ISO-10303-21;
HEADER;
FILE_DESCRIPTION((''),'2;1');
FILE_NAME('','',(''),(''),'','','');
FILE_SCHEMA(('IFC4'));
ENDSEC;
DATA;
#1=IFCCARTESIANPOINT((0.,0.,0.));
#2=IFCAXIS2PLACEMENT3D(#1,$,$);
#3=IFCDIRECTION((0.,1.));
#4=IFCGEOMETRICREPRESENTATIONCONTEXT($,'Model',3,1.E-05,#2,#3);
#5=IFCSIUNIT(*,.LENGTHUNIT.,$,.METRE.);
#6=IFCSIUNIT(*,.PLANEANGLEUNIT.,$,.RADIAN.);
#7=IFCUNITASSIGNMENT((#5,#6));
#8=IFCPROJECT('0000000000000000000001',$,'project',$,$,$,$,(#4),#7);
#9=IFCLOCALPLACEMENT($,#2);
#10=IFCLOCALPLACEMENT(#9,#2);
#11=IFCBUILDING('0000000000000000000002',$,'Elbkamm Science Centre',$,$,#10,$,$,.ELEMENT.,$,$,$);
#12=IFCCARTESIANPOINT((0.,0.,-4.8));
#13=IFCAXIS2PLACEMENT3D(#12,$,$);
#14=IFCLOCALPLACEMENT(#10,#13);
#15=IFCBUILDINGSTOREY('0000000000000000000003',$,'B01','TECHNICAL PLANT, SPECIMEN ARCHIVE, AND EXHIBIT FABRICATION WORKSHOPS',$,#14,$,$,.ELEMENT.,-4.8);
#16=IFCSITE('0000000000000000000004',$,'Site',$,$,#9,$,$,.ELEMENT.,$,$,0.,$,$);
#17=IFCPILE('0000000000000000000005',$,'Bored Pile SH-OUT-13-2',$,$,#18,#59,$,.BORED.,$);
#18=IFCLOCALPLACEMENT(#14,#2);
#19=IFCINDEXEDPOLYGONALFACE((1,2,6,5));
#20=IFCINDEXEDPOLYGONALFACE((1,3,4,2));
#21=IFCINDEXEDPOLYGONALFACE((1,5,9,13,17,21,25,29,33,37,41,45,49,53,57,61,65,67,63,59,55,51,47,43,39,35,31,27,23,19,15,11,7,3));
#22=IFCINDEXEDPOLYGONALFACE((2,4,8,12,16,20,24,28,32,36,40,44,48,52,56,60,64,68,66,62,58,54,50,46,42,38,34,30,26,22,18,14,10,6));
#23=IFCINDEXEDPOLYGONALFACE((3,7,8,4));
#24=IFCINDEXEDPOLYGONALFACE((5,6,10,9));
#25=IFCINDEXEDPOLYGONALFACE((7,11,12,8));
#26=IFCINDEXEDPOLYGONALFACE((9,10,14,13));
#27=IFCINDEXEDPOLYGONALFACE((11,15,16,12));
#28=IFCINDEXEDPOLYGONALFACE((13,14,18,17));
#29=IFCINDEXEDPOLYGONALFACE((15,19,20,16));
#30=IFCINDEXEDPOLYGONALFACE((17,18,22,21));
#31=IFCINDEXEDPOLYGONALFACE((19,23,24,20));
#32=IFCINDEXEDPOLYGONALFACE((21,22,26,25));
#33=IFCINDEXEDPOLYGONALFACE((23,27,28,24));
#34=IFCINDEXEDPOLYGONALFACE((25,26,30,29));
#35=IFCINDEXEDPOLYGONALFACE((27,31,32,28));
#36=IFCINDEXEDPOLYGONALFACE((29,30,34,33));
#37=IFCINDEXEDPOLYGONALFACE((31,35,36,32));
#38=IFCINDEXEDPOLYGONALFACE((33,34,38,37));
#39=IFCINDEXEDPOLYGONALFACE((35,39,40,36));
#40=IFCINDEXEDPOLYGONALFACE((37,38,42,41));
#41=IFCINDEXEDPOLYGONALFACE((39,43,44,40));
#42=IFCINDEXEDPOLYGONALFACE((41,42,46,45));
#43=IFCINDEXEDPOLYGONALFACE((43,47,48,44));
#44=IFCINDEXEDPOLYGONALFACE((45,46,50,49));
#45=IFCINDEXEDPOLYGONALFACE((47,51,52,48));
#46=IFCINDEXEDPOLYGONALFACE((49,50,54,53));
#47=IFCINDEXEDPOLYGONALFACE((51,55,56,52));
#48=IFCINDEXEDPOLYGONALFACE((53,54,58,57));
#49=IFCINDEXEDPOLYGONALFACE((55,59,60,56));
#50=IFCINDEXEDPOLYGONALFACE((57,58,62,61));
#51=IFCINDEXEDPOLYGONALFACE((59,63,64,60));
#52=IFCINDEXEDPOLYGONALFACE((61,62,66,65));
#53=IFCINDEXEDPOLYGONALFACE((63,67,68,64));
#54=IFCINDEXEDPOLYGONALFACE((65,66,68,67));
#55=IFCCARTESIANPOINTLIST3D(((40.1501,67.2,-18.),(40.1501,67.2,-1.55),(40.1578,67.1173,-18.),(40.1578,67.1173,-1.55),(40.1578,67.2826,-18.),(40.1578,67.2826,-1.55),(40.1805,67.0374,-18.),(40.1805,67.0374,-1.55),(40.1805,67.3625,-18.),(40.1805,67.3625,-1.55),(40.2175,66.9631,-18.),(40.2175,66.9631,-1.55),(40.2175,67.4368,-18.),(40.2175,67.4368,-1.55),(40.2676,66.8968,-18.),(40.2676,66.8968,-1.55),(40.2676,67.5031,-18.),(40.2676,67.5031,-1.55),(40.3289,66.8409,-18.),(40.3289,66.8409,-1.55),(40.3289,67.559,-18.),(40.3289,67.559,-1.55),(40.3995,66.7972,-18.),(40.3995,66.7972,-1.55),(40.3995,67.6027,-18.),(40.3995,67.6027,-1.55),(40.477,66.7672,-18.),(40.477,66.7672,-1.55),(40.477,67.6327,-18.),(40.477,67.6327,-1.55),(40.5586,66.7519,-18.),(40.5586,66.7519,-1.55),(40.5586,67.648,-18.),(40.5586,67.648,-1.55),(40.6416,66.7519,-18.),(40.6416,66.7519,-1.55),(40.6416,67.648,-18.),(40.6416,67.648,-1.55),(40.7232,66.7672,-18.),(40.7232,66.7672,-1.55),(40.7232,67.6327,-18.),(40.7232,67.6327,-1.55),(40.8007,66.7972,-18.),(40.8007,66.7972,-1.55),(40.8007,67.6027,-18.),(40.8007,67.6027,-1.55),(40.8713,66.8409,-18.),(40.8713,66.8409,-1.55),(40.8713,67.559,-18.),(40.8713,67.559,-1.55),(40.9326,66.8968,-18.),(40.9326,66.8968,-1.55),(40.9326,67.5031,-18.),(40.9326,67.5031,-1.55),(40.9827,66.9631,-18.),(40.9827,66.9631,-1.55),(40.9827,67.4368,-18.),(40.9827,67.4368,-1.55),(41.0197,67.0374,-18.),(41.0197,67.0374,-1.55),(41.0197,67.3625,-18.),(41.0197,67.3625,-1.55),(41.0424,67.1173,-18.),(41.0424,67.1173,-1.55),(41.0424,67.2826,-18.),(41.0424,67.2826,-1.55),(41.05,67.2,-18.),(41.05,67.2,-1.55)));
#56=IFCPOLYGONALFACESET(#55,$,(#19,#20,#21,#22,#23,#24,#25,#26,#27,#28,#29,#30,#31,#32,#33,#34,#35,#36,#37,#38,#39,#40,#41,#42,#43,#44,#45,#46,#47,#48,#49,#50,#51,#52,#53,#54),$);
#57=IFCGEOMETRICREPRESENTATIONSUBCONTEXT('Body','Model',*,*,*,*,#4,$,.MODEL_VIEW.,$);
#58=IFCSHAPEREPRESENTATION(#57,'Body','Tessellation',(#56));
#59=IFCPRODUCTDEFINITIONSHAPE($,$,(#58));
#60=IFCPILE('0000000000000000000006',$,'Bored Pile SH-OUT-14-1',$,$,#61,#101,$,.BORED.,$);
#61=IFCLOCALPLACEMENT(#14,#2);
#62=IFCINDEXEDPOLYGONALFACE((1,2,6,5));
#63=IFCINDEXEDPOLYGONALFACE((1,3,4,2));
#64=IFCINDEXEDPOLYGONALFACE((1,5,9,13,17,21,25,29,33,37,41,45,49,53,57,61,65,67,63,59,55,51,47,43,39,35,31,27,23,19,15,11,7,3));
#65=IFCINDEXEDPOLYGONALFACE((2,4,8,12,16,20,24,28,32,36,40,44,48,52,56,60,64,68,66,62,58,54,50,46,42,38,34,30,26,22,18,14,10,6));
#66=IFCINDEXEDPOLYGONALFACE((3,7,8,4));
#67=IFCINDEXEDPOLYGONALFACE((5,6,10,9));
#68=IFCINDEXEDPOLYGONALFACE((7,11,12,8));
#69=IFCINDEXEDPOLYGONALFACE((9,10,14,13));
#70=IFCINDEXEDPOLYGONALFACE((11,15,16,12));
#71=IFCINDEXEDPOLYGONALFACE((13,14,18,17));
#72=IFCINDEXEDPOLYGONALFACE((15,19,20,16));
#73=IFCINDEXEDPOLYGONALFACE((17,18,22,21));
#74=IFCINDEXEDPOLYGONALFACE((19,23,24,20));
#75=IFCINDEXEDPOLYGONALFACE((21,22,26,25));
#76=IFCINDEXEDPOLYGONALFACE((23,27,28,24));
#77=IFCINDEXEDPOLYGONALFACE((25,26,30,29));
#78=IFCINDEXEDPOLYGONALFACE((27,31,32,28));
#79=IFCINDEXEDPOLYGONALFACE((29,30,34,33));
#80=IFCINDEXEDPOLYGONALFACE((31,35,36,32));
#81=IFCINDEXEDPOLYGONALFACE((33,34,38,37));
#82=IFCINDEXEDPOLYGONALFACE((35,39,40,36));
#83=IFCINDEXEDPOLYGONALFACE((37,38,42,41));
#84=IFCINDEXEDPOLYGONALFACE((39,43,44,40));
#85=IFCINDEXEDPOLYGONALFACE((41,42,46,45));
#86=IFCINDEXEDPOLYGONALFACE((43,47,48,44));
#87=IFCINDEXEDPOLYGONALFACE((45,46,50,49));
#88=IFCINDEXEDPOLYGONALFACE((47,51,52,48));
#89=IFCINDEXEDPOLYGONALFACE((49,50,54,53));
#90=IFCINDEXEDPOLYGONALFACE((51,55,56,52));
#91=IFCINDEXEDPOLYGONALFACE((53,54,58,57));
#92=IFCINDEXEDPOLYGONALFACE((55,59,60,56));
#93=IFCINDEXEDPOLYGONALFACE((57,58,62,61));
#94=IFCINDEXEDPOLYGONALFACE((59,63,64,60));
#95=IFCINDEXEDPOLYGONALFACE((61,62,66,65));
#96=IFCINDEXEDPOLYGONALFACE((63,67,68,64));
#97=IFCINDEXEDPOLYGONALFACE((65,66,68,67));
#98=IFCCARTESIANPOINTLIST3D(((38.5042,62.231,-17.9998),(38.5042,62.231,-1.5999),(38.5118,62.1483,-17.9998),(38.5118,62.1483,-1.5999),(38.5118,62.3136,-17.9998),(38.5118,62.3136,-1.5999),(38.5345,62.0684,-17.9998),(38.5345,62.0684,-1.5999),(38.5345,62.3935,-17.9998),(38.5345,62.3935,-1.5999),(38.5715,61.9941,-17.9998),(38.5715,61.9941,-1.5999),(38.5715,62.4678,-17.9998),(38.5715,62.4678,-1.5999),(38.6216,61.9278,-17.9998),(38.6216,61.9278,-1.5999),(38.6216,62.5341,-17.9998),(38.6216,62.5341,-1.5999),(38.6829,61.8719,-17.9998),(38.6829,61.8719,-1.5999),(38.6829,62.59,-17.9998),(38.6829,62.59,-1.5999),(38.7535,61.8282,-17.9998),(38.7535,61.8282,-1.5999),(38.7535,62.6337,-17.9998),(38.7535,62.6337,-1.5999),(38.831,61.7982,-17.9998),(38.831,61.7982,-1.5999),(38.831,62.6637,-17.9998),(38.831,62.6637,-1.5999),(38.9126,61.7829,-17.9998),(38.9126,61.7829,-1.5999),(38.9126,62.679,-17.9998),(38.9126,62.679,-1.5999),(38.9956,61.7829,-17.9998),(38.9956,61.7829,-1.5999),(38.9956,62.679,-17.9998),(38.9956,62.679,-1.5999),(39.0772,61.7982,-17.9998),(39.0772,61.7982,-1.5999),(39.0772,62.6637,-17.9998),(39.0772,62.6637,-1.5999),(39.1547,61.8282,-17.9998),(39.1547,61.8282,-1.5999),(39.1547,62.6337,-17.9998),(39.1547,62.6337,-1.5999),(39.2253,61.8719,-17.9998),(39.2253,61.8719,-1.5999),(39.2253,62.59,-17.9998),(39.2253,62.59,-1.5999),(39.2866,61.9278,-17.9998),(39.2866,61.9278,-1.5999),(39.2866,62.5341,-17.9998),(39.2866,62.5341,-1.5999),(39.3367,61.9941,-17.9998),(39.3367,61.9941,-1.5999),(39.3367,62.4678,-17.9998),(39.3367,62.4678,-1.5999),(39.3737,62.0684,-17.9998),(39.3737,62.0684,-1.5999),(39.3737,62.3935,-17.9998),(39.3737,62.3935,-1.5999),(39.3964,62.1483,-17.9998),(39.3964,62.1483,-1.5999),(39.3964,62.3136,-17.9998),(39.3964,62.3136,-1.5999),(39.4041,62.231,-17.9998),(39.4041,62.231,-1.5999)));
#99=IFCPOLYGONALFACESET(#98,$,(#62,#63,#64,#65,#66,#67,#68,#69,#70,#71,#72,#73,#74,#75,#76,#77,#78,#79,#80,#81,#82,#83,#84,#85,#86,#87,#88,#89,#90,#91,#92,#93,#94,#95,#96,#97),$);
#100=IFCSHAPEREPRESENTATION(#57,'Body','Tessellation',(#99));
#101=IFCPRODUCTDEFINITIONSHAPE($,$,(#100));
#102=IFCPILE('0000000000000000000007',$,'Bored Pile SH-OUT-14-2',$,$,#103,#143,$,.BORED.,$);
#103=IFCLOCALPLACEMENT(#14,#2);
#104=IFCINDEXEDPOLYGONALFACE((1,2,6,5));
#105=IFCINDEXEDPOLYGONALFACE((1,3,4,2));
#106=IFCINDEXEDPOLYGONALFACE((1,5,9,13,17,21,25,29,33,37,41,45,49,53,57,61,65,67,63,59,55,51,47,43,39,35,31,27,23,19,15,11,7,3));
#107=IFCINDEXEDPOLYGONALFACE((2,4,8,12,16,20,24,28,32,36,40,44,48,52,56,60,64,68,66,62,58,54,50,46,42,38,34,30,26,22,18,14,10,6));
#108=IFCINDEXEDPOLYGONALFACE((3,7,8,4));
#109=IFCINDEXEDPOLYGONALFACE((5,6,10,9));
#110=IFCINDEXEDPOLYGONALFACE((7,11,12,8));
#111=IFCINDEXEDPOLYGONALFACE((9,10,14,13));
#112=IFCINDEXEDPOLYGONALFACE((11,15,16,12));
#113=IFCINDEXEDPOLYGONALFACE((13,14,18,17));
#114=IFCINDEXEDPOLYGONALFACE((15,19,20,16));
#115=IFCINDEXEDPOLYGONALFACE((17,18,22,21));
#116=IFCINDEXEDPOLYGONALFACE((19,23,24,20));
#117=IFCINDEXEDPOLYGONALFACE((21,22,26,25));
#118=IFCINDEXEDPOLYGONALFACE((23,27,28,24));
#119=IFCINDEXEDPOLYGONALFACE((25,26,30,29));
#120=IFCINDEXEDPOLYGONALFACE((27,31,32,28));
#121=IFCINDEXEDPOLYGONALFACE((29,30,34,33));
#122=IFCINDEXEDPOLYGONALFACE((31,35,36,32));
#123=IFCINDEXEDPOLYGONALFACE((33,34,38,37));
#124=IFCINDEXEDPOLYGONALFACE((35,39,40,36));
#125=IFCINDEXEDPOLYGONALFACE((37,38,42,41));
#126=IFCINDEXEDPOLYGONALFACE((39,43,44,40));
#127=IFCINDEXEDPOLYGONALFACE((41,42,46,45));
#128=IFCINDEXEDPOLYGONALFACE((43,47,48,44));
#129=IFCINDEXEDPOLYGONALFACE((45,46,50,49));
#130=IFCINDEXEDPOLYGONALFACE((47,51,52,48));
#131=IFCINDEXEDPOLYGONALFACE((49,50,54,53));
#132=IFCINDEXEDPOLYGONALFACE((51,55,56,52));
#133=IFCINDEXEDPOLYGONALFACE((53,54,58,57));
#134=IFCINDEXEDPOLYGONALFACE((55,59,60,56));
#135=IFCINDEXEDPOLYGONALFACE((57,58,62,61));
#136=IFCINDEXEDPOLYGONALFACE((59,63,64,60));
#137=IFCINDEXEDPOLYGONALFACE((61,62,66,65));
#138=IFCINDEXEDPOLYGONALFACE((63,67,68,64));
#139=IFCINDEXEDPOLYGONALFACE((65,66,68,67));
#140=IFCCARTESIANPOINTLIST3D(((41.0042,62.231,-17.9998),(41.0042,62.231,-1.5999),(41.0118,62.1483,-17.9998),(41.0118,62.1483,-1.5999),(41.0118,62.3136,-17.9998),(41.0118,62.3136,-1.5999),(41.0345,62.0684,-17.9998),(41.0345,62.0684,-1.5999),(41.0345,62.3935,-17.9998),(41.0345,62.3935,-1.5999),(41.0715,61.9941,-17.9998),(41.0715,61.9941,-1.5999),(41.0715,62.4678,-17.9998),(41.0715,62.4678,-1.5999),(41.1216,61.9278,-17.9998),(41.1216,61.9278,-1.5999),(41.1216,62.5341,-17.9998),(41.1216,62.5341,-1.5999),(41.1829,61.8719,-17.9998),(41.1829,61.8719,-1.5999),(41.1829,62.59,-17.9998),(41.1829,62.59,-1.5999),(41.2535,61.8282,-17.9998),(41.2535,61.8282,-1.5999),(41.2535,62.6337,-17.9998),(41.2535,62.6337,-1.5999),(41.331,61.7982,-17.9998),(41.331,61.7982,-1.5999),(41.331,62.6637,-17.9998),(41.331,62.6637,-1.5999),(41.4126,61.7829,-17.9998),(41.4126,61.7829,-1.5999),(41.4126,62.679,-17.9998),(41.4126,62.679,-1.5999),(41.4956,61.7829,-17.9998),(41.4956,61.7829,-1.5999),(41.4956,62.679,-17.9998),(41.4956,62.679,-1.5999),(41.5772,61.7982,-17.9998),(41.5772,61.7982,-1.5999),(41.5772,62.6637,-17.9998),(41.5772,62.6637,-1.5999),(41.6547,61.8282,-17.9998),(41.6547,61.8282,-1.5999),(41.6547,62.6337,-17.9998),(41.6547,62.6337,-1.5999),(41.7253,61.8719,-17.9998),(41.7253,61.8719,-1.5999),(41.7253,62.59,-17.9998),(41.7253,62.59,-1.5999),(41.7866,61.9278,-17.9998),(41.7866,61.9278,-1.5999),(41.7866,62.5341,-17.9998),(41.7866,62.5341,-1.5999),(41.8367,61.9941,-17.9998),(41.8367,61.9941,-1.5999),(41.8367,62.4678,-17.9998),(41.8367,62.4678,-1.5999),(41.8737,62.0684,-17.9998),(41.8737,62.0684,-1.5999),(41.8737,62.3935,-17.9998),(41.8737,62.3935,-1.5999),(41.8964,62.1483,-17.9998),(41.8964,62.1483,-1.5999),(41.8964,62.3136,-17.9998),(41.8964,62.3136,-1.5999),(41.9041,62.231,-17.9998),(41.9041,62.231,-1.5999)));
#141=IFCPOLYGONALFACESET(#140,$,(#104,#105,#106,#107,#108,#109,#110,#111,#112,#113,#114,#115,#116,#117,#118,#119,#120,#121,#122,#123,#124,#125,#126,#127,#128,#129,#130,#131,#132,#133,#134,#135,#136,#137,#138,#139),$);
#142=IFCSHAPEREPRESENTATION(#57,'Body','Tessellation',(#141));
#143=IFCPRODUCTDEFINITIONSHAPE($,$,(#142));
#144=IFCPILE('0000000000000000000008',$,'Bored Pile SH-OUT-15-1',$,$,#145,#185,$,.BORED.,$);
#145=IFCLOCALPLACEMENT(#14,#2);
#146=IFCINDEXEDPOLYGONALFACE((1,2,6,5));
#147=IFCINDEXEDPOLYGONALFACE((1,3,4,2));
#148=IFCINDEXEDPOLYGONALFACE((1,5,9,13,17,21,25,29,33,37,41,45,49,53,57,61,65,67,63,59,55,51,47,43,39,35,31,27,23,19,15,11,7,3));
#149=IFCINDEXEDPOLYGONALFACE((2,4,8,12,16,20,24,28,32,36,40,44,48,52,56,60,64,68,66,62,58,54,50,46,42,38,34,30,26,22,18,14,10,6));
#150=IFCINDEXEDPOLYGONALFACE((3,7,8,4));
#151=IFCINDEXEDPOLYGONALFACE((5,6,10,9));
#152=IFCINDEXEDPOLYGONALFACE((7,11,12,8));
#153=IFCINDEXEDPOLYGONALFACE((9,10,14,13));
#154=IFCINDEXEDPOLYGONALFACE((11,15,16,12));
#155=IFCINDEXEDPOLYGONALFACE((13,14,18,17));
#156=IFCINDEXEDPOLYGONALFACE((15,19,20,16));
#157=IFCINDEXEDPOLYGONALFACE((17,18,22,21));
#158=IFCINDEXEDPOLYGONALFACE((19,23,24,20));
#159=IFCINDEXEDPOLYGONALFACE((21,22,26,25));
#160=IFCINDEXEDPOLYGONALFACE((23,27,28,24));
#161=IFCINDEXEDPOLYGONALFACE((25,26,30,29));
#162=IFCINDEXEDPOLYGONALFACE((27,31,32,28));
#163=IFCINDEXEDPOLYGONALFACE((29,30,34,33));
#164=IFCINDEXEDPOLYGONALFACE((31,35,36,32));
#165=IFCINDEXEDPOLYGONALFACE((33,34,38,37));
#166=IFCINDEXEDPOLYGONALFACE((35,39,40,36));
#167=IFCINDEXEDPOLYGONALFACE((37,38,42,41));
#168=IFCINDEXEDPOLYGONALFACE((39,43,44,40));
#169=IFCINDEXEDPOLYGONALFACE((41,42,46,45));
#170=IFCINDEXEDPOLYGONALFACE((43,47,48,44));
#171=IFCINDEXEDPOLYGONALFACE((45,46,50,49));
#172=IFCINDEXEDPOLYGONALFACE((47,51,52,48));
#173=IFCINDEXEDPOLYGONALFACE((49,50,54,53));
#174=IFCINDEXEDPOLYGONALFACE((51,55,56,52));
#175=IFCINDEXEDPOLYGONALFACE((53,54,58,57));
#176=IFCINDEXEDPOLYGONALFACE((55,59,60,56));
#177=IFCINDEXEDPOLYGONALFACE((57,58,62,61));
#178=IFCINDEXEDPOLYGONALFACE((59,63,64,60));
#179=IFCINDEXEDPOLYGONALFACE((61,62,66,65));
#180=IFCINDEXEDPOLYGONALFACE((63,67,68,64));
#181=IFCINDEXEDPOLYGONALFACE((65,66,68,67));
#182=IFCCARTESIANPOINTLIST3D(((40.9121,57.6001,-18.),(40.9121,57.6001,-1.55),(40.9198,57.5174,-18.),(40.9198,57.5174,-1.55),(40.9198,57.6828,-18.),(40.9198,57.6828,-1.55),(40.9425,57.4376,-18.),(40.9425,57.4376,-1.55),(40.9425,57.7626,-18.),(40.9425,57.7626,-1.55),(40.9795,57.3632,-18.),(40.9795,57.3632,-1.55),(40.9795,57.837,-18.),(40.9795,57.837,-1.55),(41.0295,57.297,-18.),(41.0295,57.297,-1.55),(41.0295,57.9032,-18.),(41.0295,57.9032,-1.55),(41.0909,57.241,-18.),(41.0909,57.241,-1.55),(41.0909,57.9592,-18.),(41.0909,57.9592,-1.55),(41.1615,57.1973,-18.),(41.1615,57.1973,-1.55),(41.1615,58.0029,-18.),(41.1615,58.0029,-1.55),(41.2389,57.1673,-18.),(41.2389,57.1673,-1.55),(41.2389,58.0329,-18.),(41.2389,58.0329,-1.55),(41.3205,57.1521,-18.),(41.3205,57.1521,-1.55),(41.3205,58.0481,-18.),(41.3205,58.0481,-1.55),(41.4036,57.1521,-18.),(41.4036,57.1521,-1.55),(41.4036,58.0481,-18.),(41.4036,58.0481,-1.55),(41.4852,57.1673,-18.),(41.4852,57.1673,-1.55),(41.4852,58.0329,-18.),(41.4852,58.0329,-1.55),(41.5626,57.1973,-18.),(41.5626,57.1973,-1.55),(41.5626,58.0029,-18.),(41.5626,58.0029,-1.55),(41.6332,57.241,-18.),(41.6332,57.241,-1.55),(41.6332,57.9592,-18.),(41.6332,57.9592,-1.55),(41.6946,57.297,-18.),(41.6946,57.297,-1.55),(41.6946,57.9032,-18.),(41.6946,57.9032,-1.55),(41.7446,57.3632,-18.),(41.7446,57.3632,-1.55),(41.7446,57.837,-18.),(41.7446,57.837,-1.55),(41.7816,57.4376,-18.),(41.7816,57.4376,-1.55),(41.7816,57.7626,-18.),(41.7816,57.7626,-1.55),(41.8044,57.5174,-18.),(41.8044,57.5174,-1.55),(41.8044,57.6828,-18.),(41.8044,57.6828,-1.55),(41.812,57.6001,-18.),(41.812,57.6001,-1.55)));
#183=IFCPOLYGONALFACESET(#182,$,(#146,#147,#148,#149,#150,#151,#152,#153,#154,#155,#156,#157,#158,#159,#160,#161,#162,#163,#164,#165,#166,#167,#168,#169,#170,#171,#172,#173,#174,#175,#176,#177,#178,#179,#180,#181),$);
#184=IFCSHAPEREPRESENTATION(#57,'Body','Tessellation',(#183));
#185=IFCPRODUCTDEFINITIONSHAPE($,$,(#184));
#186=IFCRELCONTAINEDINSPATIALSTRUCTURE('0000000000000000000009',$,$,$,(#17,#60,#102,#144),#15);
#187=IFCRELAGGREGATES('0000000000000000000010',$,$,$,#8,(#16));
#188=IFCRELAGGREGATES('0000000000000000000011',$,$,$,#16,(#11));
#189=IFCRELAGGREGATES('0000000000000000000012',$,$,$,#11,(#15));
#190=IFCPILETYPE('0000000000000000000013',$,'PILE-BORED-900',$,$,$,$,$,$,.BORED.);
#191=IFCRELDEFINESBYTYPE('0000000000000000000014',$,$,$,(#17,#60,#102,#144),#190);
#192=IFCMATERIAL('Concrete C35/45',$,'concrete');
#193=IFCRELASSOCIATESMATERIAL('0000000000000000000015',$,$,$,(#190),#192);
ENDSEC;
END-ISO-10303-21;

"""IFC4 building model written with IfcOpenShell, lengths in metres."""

from ifc_helpers import new_model, si_unit, direction, frame, origin, origin_2d, place, context, subcontext, project, spatial, circle, extrude, material, material_profile, profile_set, type_object, element, save


model = new_model("IFC4")

# Units and contexts
model_context = context("Model", 3, precision=1e-05, world=origin(), true_north=direction((0.0, 1.0)))
body_context = subcontext(model_context, "Body", "Model", "MODEL_VIEW")
ifc_project = project(units=[si_unit("LENGTHUNIT", "METRE"), si_unit("PLANEANGLEUNIT", "RADIAN")], contexts=[model_context])

# Site, building, storey
site_placement = place(None, origin())
site = spatial("IfcSite", under=ifc_project, at=site_placement, Name="Site", CompositionType="ELEMENT", RefElevation=0.0)
building_placement = place(site_placement, origin())
building = spatial("IfcBuilding", under=site, at=building_placement, Name="Elbkamm Science Centre", CompositionType="ELEMENT")
storey_placement = place(building_placement, frame((0.0, 0.0, -4.8)))
storey = spatial("IfcBuildingStorey", under=building, at=storey_placement, Name="B01", Description="TECHNICAL PLANT, SPECIMEN ARCHIVE, AND EXHIBIT FABRICATION WORKSHOPS", CompositionType="ELEMENT", Elevation=-4.8)

# Shared definitions
ifc_material_1 = material(Name="Concrete C35/45", Category="concrete")

# Piles
ifc_material_profile_1 = material_profile(ifc_material_1, circle(Radius=0.45, at=origin_2d()), Name="PILE D900")
ifc_profile_set_1 = profile_set([ifc_material_profile_1], Name="Concrete C35/45")
pile_type = type_object("IfcPileType", Name="PILE-BORED-900", PredefinedType="BORED", material=ifc_profile_set_1)
for number, where, z_axis, x_axis, name in (
    (1, (40.6001, 67.2, -1.55), (0.0, 0.0, -1.0), (1.0, 0.0, 0.0), "Bored Pile SH-OUT-13-2"),
):
    element("IfcPile", number, at=place(storey_placement, frame(where, z_axis=z_axis, x_axis=x_axis)), inside=storey, type_object=pile_type, Name=name, PredefinedType="BORED", context=body_context, shape_type="SweptSolid", body=[
        extrude(circle(Radius=0.45, at=origin_2d()), origin(), (0.0, 0.0, 1.0), 16.45),
    ])
for number, where, z_axis, x_axis, name in (
    (2, (38.9541, 62.231, -1.5999), (0.0, 0.0, -1.0), (1.0, 0.0, 0.0), "Bored Pile SH-OUT-14-1"),
    (3, (41.4541, 62.231, -1.5999), (0.0, 0.0, -1.0), (1.0, 0.0, 0.0), "Bored Pile SH-OUT-14-2"),
):
    element("IfcPile", number, at=place(storey_placement, frame(where, z_axis=z_axis, x_axis=x_axis)), inside=storey, type_object=pile_type, Name=name, PredefinedType="BORED", context=body_context, shape_type="SweptSolid", body=[
        extrude(circle(Radius=0.45, at=origin_2d()), origin(), (0.0, 0.0, 1.0), 16.3999),
    ])
pile_placement = place(storey_placement, frame((41.3621, 57.6001, -1.55), z_axis=(0.0, 0.0, -1.0), x_axis=(1.0, 0.0, 0.0)))
element("IfcPile", 4, at=pile_placement, inside=storey, type_object=pile_type, Name="Bored Pile SH-OUT-15-1", PredefinedType="BORED", context=body_context, shape_type="SweptSolid", body=[
    extrude(circle(Radius=0.45, at=origin_2d()), origin(), (0.0, 0.0, 1.0), 16.45),
])

save(model, "model.ifc")
